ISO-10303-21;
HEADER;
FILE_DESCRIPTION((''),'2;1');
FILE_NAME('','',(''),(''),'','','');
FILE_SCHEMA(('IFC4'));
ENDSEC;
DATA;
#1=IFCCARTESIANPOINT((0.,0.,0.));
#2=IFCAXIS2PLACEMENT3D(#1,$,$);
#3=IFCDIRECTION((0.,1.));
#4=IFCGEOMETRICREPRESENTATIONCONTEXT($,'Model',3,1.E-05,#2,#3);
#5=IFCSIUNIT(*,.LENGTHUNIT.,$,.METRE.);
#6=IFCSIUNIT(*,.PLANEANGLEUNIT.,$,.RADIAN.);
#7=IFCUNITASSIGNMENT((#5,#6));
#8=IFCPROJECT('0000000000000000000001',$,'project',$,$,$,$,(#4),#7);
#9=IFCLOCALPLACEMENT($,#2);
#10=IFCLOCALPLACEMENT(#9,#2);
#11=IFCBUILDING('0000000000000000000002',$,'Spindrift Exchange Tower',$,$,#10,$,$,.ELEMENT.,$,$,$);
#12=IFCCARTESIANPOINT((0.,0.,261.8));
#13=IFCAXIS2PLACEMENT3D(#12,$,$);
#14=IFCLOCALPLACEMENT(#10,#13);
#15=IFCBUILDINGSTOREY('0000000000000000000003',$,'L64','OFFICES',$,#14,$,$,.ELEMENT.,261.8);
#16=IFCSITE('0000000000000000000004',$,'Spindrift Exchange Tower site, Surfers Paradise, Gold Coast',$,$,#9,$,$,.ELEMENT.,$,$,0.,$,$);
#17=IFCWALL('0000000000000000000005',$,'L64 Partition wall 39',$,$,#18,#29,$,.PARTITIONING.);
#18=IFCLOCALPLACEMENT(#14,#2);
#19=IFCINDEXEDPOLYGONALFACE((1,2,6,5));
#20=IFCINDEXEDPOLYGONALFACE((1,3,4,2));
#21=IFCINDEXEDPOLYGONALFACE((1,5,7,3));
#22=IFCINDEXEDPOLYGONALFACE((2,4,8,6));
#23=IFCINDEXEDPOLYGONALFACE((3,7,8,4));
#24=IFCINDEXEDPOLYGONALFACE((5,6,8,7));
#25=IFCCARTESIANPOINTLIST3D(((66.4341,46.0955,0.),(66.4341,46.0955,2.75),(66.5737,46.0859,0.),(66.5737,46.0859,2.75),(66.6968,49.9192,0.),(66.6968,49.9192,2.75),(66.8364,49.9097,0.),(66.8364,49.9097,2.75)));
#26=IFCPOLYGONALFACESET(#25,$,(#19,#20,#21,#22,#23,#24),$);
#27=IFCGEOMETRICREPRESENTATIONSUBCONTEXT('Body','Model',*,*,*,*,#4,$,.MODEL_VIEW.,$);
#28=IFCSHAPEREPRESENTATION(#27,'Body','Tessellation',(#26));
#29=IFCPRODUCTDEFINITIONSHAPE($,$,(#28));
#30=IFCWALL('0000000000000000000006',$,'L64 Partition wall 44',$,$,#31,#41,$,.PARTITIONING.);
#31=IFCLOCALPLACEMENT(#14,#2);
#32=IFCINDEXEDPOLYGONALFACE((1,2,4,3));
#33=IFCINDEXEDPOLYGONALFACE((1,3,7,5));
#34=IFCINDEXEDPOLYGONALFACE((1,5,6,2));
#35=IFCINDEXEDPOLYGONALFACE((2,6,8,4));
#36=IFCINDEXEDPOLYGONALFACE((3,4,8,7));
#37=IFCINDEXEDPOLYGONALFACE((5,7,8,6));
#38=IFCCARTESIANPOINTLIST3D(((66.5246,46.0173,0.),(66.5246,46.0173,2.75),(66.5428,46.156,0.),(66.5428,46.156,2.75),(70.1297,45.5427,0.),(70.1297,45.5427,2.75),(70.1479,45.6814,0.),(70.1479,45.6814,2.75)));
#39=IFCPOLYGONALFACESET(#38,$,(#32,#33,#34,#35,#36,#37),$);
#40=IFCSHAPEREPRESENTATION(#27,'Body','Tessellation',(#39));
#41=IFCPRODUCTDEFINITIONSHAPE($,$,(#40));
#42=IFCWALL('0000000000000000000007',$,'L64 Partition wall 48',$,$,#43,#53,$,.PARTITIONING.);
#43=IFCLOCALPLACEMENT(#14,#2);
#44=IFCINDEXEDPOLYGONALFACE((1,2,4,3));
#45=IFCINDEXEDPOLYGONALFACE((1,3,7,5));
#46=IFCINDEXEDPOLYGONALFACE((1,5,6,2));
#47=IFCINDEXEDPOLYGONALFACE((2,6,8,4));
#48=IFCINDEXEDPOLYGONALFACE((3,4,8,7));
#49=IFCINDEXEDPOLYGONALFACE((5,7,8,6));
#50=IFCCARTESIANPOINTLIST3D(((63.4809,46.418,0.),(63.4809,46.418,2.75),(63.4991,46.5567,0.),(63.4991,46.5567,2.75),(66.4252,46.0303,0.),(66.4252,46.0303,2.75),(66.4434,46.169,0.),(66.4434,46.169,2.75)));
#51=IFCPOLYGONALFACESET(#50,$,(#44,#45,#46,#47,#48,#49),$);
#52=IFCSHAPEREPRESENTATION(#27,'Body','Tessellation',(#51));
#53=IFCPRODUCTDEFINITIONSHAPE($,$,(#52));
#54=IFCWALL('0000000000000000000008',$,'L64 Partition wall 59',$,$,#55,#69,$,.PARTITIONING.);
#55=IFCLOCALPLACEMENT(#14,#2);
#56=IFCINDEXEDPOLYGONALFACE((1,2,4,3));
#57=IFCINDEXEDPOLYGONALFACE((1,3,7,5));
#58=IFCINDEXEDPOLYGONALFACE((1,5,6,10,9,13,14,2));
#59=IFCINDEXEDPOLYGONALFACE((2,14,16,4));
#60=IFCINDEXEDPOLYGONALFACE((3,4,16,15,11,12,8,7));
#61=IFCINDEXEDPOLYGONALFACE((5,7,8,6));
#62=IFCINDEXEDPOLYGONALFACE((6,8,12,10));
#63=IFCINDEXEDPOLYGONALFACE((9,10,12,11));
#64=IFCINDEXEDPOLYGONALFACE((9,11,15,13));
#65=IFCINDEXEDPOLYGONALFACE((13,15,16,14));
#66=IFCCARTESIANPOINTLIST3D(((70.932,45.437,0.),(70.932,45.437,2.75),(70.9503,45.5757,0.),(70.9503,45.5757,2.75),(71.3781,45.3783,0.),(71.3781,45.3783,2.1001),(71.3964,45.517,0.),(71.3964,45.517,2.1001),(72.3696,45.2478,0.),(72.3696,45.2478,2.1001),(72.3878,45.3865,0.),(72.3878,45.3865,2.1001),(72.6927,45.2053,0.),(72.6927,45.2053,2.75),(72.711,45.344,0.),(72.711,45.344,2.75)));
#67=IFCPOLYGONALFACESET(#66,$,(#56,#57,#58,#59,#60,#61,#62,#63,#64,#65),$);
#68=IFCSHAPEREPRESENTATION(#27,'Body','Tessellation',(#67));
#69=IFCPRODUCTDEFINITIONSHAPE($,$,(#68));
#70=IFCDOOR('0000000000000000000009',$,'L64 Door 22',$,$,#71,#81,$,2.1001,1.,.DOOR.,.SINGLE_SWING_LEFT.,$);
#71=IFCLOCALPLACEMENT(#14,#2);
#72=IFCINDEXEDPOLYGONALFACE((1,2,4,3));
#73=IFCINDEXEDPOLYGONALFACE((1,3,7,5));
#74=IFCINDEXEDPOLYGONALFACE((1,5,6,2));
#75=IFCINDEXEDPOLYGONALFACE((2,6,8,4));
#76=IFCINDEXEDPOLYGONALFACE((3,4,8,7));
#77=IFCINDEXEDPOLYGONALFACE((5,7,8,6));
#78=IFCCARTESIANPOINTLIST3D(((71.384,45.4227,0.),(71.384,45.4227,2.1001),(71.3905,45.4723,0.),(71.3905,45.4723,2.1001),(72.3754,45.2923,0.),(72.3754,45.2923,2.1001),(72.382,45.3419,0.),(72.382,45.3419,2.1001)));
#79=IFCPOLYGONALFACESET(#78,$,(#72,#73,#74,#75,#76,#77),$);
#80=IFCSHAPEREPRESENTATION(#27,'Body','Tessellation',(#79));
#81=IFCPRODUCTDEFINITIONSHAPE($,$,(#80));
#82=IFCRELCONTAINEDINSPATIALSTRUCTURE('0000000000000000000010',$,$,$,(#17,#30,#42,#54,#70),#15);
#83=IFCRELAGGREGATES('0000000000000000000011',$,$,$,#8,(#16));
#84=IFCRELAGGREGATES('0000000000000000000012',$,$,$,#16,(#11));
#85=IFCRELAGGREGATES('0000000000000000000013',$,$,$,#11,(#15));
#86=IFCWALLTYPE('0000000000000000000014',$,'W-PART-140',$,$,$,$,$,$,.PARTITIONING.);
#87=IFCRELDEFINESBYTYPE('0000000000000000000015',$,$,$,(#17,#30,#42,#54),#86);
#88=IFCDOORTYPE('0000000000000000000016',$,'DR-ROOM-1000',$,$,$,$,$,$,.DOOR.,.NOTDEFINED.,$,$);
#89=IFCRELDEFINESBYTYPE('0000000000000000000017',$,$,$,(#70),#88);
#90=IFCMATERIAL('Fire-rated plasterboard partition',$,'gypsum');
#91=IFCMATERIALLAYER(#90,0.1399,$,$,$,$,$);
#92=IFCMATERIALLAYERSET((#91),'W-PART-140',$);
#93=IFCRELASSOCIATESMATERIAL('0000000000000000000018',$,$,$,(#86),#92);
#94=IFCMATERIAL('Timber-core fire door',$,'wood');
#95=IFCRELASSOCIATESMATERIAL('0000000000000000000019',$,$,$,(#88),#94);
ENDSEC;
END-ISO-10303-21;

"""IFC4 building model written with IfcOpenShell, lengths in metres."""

from ifc_helpers import new_model, si_unit, direction, frame, frame_2d, origin, place, context, subcontext, project, spatial, rectangle, extrude, source, transform, mapped, material, layer, layer_set, type_object, element, fill, save


model = new_model("IFC4")

# Units and contexts
model_context = context("Model", 3, precision=1e-05, world=origin(), true_north=direction((0.0, 1.0)))
body_context = subcontext(model_context, "Body", "Model", "MODEL_VIEW")
ifc_project = project(units=[si_unit("LENGTHUNIT", "METRE"), si_unit("PLANEANGLEUNIT", "RADIAN")], contexts=[model_context])

# Site, building, storey
site_placement = place(None, origin())
site = spatial("IfcSite", under=ifc_project, at=site_placement, Name="Spindrift Exchange Tower site, Surfers Paradise, Gold Coast", CompositionType="ELEMENT", RefElevation=0.0)
building_placement = place(site_placement, origin())
building = spatial("IfcBuilding", under=site, at=building_placement, Name="Spindrift Exchange Tower", CompositionType="ELEMENT")
storey_placement = place(building_placement, frame((0.0, 0.0, 261.8)))
storey = spatial("IfcBuildingStorey", under=building, at=storey_placement, Name="L64", Description="OFFICES", CompositionType="ELEMENT", Elevation=261.8)

# Walls
ifc_material_1 = material(Name="Fire-rated plasterboard partition", Category="gypsum")
ifc_layer_1 = layer(ifc_material_1, 0.1399)
ifc_layer_set_1 = layer_set([ifc_layer_1], Name="W-PART-140")
wall_type = type_object("IfcWallType", Name="W-PART-140", PredefinedType="PARTITIONING", material=ifc_layer_set_1)
wall_1_placement = place(storey_placement, frame((66.5039, 46.0906, 0.0), z_axis=(0.0, 0.0, 1.0), x_axis=(0.06854, 0.997648, 0.0)))
element("IfcWall", 1, at=wall_1_placement, inside=storey, type_object=wall_type, Name="L64 Partition wall 39", PredefinedType="PARTITIONING", context=body_context, shape_type="SweptSolid", body=[
    extrude(rectangle(XDim=3.8328, YDim=0.1399, at=frame_2d((1.9165, 0.0))), origin(), (0.0, 0.0, 1.0), 2.75),
])
wall_2_placement = place(storey_placement, frame((66.5337, 46.0867, 0.0), z_axis=(0.0, 0.0, 1.0), x_axis=(0.991446, -0.130519, 0.0)))
element("IfcWall", 2, at=wall_2_placement, inside=storey, type_object=wall_type, Name="L64 Partition wall 44", PredefinedType="PARTITIONING", context=body_context, shape_type="SweptSolid", body=[
    extrude(rectangle(XDim=3.6362, YDim=0.1399, at=frame_2d((1.8181, 0.0))), origin(), (0.0, 0.0, 1.0), 2.75),
])
wall_3_placement = place(storey_placement, frame((63.49, 46.4873, 0.0), z_axis=(0.0, 0.0, 1.0), x_axis=(0.991442, -0.130548, 0.0)))
element("IfcWall", 3, at=wall_3_placement, inside=storey, type_object=wall_type, Name="L64 Partition wall 48", PredefinedType="PARTITIONING", context=body_context, shape_type="SweptSolid", body=[
    extrude(rectangle(XDim=2.9697, YDim=0.1399, at=frame_2d((1.4849, 0.0))), origin(), (0.0, 0.0, 1.0), 2.75),
])

# Wall, opening, door
wall_4_placement = place(storey_placement, frame((70.9412, 45.5063, 0.0), z_axis=(0.0, 0.0, 1.0), x_axis=(0.991453, -0.130462, 0.0)))
wall_4 = element("IfcWall", 4, at=wall_4_placement, inside=storey, type_object=wall_type, Name="L64 Partition wall 59", PredefinedType="PARTITIONING", context=body_context, shape_type="SweptSolid", body=[
    extrude(rectangle(XDim=1.7759, YDim=0.1399, at=frame_2d((0.8879, 0.0))), origin(), (0.0, 0.0, 1.0), 2.75),
])
opening_placement = place(wall_4_placement, frame((0.45, 0.0, 0.0)))
opening = element("IfcOpeningElement", 5, at=opening_placement, cuts=wall_4, PredefinedType="OPENING", context=body_context, shape_type="SweptSolid", body=[
    extrude(rectangle(XDim=1.0, YDim=2.1001, at=frame_2d((0.5, 1.05))), frame((0.0, 0.0798, 0.0), z_axis=(0.0, -1.0, 0.0), x_axis=(1.0, 0.0, 0.0)), (0.0, 0.0, 1.0), 0.1599),
])
ifc_material_2 = material(Name="Timber-core fire door", Category="wood")
door_type = type_object("IfcDoorType", Name="DR-ROOM-1000", OperationType="NOTDEFINED", PredefinedType="DOOR", material=ifc_material_2)
shared_shape_1 = source(origin(), body_context, "Body", "SweptSolid", [
    extrude(rectangle(XDim=1.0, YDim=2.1001, at=frame_2d((0.5, 1.05))), frame((0.0, 0.0249, 0.0), z_axis=(0.0, -1.0, 0.0), x_axis=(1.0, 0.0, 0.0)), (0.0, 0.0, 1.0), 0.05),
])
door_placement = place(opening_placement, origin())
door = element("IfcDoor", 6, at=door_placement, inside=storey, type_object=door_type, Name="L64 Door 22", OperationType="SINGLE_SWING_LEFT", OverallHeight=2.1001, OverallWidth=1.0, PredefinedType="DOOR", context=body_context, shape_type="MappedRepresentation", body=[
    mapped(shared_shape_1, transform((0.0, 0.0, 0.0), scale=1.0)),
])
fill(opening, door)

save(model, "model.ifc")
